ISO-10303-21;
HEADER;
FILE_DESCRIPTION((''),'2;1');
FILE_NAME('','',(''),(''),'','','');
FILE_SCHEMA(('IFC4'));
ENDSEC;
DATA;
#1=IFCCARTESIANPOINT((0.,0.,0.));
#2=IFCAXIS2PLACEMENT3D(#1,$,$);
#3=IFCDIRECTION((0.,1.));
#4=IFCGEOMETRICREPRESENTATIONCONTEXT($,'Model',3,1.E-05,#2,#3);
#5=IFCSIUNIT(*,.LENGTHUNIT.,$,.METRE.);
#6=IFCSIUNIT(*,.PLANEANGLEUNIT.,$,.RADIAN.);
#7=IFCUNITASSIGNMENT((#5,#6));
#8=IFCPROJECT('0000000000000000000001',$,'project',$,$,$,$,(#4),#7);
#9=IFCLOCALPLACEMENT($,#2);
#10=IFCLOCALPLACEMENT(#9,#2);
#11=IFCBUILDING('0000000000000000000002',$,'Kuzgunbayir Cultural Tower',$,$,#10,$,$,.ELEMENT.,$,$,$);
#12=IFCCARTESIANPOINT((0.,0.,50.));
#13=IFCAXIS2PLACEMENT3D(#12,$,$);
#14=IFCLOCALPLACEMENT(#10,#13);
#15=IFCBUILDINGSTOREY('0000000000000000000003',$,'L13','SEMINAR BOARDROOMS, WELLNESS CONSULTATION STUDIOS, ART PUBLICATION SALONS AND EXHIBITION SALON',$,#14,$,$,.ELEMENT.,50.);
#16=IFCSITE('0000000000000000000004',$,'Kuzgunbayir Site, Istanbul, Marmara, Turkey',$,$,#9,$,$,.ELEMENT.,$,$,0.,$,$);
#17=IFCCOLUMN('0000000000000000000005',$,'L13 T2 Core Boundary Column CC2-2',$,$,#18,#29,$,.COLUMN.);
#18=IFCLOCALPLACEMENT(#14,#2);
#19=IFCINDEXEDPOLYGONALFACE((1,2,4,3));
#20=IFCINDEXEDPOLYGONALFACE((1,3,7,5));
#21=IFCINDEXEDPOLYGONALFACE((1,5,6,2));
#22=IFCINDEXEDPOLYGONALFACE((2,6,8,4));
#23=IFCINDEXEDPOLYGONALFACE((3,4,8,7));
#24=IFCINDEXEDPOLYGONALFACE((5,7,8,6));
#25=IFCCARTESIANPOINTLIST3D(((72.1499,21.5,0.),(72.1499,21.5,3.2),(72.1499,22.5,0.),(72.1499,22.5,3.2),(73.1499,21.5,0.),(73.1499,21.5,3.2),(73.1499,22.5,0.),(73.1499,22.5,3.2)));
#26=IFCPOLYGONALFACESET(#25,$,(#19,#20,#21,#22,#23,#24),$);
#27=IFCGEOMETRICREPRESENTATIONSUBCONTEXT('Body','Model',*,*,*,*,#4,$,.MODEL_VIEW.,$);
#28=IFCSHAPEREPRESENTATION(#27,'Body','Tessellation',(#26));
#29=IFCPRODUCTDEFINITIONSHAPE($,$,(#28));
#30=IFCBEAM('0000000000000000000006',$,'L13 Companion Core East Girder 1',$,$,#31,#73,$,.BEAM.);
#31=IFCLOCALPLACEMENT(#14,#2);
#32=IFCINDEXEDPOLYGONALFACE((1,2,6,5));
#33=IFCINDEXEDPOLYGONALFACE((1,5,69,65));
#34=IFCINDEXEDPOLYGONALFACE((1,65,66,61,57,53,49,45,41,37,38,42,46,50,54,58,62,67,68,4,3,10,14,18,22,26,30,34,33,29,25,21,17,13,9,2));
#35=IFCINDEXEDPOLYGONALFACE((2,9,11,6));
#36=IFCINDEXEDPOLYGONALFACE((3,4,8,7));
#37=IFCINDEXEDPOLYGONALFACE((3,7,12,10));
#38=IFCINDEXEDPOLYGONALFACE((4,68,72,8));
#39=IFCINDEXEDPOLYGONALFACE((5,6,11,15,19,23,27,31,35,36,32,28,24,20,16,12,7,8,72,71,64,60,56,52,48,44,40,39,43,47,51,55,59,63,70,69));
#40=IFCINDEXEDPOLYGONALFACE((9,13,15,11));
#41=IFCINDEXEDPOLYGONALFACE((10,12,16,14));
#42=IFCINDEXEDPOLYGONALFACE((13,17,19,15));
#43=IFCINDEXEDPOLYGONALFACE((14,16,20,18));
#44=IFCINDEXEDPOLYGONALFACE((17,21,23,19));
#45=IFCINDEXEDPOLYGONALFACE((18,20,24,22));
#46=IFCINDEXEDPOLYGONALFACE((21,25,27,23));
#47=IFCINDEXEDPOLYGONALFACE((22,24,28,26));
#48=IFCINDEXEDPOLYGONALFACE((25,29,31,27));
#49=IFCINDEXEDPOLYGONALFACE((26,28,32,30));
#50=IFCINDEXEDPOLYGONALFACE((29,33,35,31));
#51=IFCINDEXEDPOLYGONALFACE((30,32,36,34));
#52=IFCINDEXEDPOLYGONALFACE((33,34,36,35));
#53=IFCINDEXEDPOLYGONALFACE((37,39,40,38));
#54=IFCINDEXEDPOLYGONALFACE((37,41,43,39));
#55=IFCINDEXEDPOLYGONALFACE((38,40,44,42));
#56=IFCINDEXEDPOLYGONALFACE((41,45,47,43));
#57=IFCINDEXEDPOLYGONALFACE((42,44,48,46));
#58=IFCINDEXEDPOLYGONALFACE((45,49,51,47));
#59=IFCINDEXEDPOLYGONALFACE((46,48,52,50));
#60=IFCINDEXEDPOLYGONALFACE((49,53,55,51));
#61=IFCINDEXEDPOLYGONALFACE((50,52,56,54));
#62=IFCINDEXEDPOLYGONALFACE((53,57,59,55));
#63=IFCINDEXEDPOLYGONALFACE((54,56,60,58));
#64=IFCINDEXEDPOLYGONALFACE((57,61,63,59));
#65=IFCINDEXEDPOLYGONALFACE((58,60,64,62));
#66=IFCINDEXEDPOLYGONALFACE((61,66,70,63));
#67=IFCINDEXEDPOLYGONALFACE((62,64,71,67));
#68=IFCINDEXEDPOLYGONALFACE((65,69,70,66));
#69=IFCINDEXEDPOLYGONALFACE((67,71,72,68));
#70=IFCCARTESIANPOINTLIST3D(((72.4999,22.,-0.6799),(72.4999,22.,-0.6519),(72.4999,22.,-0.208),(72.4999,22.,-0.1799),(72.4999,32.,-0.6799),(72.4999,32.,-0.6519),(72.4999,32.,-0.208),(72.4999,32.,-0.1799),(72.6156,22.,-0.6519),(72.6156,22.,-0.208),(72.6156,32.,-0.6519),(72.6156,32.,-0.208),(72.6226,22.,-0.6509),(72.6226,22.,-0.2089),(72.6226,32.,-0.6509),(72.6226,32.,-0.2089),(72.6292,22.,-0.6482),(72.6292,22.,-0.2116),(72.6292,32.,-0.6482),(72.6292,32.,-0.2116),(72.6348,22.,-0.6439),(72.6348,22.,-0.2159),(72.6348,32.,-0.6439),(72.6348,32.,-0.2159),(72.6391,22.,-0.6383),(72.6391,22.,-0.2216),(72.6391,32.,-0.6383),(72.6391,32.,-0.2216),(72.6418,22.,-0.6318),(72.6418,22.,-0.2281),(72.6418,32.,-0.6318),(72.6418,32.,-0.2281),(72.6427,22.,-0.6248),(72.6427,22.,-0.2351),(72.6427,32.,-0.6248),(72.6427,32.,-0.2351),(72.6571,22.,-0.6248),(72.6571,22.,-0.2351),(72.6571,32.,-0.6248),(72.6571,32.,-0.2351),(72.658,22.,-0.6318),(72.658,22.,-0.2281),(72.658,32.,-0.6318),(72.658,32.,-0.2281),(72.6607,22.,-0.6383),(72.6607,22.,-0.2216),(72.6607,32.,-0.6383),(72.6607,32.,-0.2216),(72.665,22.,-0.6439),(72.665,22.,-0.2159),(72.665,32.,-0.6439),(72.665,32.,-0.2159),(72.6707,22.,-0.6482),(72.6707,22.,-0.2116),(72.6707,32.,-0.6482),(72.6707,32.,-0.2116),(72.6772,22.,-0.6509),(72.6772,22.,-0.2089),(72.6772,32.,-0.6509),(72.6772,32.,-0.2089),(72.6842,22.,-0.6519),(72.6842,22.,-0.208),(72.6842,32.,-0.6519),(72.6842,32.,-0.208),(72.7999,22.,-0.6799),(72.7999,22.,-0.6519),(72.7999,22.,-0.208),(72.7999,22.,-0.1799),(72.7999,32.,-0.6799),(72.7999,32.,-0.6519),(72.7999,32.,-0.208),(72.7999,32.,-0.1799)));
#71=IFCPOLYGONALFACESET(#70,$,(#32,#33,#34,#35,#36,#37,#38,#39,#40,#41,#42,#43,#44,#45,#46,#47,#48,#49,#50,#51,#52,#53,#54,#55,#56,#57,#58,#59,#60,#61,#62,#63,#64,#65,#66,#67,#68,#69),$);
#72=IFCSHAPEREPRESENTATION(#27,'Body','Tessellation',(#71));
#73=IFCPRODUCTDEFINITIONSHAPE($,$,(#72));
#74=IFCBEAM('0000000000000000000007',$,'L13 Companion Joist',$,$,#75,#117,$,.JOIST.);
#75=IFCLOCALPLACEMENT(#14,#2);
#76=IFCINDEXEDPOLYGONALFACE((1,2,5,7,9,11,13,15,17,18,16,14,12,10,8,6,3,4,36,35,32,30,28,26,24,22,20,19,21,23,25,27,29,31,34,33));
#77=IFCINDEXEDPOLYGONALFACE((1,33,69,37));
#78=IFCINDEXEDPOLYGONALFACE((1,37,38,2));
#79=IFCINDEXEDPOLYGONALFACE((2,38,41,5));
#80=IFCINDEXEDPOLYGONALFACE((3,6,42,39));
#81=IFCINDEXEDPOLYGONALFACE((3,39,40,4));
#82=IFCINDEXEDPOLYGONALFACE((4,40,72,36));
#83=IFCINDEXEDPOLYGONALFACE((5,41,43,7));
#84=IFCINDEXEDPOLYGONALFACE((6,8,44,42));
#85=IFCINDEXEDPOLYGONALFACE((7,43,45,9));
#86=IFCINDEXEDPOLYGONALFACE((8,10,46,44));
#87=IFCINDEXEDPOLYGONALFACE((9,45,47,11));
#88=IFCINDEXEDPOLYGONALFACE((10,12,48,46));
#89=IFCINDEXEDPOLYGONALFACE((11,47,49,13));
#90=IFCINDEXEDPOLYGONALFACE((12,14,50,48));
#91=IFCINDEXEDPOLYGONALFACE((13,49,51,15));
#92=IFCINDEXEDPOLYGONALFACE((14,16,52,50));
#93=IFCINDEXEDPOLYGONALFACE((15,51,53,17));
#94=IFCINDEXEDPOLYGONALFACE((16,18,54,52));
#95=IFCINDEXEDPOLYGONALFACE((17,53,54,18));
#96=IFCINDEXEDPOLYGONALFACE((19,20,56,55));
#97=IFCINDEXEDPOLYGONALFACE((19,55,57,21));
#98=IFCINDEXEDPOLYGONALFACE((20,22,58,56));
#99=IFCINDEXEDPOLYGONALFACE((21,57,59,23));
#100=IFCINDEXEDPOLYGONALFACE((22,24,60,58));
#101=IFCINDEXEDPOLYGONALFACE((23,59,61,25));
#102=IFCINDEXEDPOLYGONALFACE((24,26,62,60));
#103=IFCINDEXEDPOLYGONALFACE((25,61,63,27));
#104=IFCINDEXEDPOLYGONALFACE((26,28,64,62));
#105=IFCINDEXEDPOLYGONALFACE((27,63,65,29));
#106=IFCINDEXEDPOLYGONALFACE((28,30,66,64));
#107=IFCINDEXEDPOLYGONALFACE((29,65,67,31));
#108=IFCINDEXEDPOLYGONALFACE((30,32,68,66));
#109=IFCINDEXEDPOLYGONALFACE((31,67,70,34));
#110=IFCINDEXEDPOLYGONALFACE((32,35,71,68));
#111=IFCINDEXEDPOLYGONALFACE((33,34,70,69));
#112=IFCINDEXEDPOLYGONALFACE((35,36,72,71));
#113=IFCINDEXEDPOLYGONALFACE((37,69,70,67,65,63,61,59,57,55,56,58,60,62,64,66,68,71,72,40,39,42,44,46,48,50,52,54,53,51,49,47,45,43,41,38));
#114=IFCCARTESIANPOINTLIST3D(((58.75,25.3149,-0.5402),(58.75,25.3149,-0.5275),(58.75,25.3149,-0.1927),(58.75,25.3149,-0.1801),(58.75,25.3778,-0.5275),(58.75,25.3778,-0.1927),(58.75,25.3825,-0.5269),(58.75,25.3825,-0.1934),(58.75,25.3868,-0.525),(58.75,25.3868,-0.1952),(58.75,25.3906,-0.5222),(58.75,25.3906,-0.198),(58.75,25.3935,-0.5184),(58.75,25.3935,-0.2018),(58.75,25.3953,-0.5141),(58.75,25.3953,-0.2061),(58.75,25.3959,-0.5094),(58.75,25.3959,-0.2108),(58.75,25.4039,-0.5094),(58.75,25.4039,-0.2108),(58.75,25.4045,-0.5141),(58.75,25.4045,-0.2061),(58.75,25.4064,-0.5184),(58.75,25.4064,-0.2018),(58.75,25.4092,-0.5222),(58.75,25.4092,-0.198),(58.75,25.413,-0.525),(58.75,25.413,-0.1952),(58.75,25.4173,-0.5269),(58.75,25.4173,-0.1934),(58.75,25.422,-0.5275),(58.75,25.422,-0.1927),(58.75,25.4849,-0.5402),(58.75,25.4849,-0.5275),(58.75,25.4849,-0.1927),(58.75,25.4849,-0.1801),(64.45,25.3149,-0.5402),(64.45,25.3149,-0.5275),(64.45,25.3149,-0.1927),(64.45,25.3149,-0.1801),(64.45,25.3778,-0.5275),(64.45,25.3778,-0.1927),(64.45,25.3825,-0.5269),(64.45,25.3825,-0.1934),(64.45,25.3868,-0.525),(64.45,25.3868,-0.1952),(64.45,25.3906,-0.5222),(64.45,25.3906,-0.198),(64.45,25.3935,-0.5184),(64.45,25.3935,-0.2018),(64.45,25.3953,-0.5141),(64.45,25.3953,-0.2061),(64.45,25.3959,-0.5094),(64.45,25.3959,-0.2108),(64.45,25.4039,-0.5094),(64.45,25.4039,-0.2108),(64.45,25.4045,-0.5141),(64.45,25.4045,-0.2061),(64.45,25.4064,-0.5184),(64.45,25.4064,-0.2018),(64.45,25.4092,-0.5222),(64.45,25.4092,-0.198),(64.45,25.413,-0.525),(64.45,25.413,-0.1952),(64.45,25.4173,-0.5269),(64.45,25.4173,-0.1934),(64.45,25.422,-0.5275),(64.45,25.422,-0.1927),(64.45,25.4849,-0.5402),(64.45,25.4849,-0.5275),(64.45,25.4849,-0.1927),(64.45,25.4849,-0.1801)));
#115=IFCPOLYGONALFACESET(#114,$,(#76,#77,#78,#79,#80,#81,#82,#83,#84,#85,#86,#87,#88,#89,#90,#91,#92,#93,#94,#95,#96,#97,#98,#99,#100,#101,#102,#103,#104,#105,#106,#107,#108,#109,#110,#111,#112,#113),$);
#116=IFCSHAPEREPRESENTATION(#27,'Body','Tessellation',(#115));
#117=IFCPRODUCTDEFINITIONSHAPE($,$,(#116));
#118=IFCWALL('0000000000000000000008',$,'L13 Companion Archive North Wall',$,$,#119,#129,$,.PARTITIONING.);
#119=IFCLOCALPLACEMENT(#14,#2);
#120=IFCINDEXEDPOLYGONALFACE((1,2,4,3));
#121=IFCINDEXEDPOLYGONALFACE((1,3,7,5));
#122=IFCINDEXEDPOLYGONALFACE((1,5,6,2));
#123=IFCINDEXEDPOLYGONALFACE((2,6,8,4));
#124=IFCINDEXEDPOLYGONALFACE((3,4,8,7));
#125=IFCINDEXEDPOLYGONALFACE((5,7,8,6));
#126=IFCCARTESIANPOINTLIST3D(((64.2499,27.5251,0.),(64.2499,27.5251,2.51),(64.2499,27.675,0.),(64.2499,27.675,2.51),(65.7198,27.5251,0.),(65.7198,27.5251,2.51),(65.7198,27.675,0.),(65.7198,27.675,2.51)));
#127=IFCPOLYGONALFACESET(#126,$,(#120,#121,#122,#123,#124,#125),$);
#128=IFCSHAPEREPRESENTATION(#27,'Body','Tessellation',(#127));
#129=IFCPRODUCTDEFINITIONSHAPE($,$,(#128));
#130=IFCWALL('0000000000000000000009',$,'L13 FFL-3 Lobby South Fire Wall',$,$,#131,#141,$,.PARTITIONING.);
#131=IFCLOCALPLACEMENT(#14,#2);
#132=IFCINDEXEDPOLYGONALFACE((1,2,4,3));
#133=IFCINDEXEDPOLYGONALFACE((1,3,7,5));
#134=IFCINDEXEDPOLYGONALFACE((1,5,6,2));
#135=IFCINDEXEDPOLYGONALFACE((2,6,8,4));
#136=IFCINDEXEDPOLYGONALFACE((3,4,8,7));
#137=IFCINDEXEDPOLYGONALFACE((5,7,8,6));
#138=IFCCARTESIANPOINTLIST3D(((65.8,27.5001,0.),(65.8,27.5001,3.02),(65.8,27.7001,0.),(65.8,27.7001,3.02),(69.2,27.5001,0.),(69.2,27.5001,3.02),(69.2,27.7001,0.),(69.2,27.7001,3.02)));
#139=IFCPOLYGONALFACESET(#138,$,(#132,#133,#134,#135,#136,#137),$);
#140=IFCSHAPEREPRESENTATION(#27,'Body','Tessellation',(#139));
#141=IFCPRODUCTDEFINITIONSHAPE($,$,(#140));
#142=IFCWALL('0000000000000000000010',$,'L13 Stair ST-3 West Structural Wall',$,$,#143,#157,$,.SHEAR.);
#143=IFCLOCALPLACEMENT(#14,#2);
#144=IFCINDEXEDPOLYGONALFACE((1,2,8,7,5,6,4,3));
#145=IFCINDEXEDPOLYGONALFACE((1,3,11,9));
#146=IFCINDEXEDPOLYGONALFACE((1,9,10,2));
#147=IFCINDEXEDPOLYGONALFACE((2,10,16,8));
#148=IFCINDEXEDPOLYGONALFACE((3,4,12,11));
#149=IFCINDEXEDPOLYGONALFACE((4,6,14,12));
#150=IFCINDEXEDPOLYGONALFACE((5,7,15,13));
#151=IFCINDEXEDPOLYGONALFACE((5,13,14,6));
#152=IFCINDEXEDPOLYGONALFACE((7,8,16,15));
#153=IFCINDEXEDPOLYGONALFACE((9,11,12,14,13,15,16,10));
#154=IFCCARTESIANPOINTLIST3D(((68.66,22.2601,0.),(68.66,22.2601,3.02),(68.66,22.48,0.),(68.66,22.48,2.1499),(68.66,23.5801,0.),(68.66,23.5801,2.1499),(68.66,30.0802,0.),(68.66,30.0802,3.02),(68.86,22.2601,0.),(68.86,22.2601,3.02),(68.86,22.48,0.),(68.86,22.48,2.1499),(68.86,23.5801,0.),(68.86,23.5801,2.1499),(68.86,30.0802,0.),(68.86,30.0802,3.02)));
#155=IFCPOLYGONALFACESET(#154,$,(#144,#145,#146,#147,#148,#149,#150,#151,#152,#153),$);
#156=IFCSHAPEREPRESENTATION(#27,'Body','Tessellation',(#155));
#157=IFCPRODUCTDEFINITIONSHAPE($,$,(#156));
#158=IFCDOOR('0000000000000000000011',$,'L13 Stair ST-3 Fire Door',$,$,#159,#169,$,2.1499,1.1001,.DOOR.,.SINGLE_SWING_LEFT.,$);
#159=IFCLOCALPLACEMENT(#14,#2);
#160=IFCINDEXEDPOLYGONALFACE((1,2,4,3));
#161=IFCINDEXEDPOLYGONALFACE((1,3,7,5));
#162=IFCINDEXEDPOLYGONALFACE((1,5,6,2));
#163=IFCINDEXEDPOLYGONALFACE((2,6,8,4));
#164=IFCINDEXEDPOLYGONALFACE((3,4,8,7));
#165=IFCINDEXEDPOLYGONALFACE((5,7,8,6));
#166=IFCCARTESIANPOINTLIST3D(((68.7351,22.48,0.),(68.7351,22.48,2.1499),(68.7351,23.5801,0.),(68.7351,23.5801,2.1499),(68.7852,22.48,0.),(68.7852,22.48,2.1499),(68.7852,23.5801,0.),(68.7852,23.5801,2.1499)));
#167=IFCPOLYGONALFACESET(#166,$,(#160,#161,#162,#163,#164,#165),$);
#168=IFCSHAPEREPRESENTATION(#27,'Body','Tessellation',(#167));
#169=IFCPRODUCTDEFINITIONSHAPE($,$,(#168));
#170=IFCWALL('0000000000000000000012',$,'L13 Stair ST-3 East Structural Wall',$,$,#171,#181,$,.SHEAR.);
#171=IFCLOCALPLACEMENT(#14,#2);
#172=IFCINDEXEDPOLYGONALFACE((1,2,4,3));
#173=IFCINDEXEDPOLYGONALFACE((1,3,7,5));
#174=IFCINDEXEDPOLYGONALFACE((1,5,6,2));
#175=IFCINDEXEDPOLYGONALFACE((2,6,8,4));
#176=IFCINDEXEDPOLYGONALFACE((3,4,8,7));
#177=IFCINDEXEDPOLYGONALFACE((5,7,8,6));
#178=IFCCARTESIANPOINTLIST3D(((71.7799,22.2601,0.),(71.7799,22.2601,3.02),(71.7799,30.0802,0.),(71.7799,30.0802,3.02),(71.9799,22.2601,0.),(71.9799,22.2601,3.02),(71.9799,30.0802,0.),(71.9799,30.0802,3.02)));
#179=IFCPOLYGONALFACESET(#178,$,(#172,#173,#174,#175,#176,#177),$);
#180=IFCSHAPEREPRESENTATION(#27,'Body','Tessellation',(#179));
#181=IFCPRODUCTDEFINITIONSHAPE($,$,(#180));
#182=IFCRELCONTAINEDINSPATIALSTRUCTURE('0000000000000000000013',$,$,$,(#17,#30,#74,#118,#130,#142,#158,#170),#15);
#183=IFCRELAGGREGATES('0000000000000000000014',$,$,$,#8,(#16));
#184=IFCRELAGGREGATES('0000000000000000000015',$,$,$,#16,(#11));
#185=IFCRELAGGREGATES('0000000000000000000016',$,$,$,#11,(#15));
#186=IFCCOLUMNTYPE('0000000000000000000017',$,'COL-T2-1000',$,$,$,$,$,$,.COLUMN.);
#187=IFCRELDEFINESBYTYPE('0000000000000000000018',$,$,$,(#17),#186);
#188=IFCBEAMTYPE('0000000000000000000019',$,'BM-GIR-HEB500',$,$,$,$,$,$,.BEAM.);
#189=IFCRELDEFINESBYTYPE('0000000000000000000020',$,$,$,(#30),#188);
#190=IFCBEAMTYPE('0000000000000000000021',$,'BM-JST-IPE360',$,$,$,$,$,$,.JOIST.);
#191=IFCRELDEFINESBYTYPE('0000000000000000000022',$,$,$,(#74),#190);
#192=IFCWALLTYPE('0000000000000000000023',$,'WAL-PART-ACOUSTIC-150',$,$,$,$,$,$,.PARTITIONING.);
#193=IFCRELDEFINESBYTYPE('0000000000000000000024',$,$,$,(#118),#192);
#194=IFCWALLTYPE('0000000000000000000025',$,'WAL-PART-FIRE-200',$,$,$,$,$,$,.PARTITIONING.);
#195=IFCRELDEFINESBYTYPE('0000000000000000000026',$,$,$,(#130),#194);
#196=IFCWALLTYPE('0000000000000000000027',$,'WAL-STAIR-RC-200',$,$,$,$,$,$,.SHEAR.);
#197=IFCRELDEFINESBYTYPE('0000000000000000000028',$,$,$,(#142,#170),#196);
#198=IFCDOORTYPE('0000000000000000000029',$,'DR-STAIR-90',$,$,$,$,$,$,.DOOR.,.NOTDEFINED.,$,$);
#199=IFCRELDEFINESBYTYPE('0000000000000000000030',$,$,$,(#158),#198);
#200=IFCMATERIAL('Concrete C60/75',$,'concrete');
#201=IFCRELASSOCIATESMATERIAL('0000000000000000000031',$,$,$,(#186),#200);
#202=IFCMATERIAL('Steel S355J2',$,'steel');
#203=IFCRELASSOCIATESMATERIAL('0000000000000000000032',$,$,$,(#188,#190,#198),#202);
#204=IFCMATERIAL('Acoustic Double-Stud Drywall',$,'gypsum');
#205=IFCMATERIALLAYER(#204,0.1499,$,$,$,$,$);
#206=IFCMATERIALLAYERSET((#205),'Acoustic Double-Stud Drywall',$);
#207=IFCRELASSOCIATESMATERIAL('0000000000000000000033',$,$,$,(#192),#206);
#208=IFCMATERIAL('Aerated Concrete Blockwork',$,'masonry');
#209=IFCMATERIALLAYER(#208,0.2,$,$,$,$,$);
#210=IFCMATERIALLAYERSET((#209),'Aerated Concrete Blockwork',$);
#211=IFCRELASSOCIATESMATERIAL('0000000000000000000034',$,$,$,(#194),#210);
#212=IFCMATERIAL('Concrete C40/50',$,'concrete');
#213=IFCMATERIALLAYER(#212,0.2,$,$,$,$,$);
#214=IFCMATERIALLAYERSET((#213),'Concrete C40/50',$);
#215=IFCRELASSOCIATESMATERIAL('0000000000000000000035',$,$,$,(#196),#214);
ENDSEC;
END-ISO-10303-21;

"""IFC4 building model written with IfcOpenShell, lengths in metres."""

from ifc_helpers import new_model, si_unit, direction, frame, frame_2d, origin, origin_2d, place, context, subcontext, project, spatial, rectangle, i_section, extrude, material, layer, layer_set, material_profile, profile_set, type_object, element, fill, save


model = new_model("IFC4")

# Units and contexts
model_context = context("Model", 3, precision=1e-05, world=origin(), true_north=direction((0.0, 1.0)))
body_context = subcontext(model_context, "Body", "Model", "MODEL_VIEW")
ifc_project = project(units=[si_unit("LENGTHUNIT", "METRE"), si_unit("PLANEANGLEUNIT", "RADIAN")], contexts=[model_context])

# Site, building, storey
site_placement = place(None, origin())
site = spatial("IfcSite", under=ifc_project, at=site_placement, Name="Kuzgunbayir Site, Istanbul, Marmara, Turkey", CompositionType="ELEMENT", RefElevation=0.0)
building_placement = place(site_placement, origin())
building = spatial("IfcBuilding", under=site, at=building_placement, Name="Kuzgunbayir Cultural Tower", CompositionType="ELEMENT")
storey_placement = place(building_placement, frame((0.0, 0.0, 50.0)))
storey = spatial("IfcBuildingStorey", under=building, at=storey_placement, Name="L13", Description="SEMINAR BOARDROOMS, WELLNESS CONSULTATION STUDIOS, ART PUBLICATION SALONS AND EXHIBITION SALON", CompositionType="ELEMENT", Elevation=50.0)

# Column
ifc_material_1 = material(Name="Concrete C60/75", Category="concrete")
ifc_material_profile_1 = material_profile(ifc_material_1, rectangle(XDim=1.0, YDim=1.0, at=origin_2d()), Name="RC 1000x1000")
ifc_profile_set_1 = profile_set([ifc_material_profile_1], Name="Concrete C60/75")
column_type = type_object("IfcColumnType", Name="COL-T2-1000", PredefinedType="COLUMN", material=ifc_profile_set_1)
column_placement = place(storey_placement, frame((72.6499, 22.0, 0.0), z_axis=(0.0, 0.0, 1.0), x_axis=(1.0, 0.0, 0.0)))
element("IfcColumn", 1, at=column_placement, inside=storey, type_object=column_type, Name="L13 T2 Core Boundary Column CC2-2", PredefinedType="COLUMN", context=body_context, shape_type="SweptSolid", body=[
    extrude(rectangle(XDim=1.0, YDim=1.0, at=origin_2d()), origin(), (0.0, 0.0, 1.0), 3.2),
])

# Beams
ifc_material_2 = material(Name="Steel S355J2", Category="steel")
ifc_material_profile_2 = material_profile(ifc_material_2, i_section(OverallWidth=0.3, OverallDepth=0.5, WebThickness=0.0144, FlangeThickness=0.0281, FilletRadius=0.0271, at=origin_2d()), Name="HEB 500")
ifc_profile_set_2 = profile_set([ifc_material_profile_2], Name="Steel S355J2")
beam_type_1 = type_object("IfcBeamType", Name="BM-GIR-HEB500", PredefinedType="BEAM", material=ifc_profile_set_2)
beam_1_placement = place(storey_placement, frame((72.6499, 22.0, -0.4299), z_axis=(0.0, 1.0, 0.0), x_axis=(-1.0, 0.0, 0.0)))
element("IfcBeam", 2, at=beam_1_placement, inside=storey, type_object=beam_type_1, Name="L13 Companion Core East Girder 1", PredefinedType="BEAM", context=body_context, shape_type="SweptSolid", body=[
    extrude(i_section(OverallWidth=0.3, OverallDepth=0.5, WebThickness=0.0144, FlangeThickness=0.0281, FilletRadius=0.0271, at=origin_2d()), origin(), (0.0, 0.0, 1.0), 10.0),
])
ifc_material_profile_3 = material_profile(ifc_material_2, i_section(OverallWidth=0.1699, OverallDepth=0.3601, WebThickness=0.0081, FlangeThickness=0.0127, FilletRadius=0.0181, at=origin_2d()), Name="IPE 360")
ifc_profile_set_3 = profile_set([ifc_material_profile_3], Name="Steel S355J2")
beam_type_2 = type_object("IfcBeamType", Name="BM-JST-IPE360", PredefinedType="JOIST", material=ifc_profile_set_3)
beam_2_placement = place(storey_placement, frame((58.75, 25.3999, -0.3601), z_axis=(1.0, 0.0, 0.0), x_axis=(0.0, 1.0, 0.0)))
element("IfcBeam", 3, at=beam_2_placement, inside=storey, type_object=beam_type_2, Name="L13 Companion Joist", PredefinedType="JOIST", context=body_context, shape_type="SweptSolid", body=[
    extrude(i_section(OverallWidth=0.1699, OverallDepth=0.3601, WebThickness=0.0081, FlangeThickness=0.0127, FilletRadius=0.0181, at=origin_2d()), origin(), (0.0, 0.0, 1.0), 5.7),
])

# Wall
ifc_material_3 = material(Name="Acoustic Double-Stud Drywall", Category="gypsum")
ifc_layer_1 = layer(ifc_material_3, 0.1499)
ifc_layer_set_1 = layer_set([ifc_layer_1], Name="Acoustic Double-Stud Drywall")
wall_type_1 = type_object("IfcWallType", Name="WAL-PART-ACOUSTIC-150", PredefinedType="PARTITIONING", material=ifc_layer_set_1)
wall_1_placement = place(storey_placement, frame((64.25, 27.6001, 0.0), z_axis=(0.0, 0.0, 1.0), x_axis=(1.0, 0.0, 0.0)))
element("IfcWall", 4, at=wall_1_placement, inside=storey, type_object=wall_type_1, Name="L13 Companion Archive North Wall", PredefinedType="PARTITIONING", context=body_context, shape_type="SweptSolid", body=[
    extrude(rectangle(XDim=1.47, YDim=0.1499, at=frame_2d((0.7349, 0.0))), origin(), (0.0, 0.0, 1.0), 2.51),
])

# Shared definitions
ifc_material_4 = material(Name="Aerated Concrete Blockwork", Category="masonry")
ifc_layer_2 = layer(ifc_material_4, 0.2)
ifc_layer_set_2 = layer_set([ifc_layer_2], Name="Aerated Concrete Blockwork")
wall_type_2 = type_object("IfcWallType", Name="WAL-PART-FIRE-200", PredefinedType="PARTITIONING", material=ifc_layer_set_2)

# Wall
wall_2_placement = place(storey_placement, frame((65.8, 27.6001, 0.0), z_axis=(0.0, 0.0, 1.0), x_axis=(1.0, 0.0, 0.0)))
element("IfcWall", 5, at=wall_2_placement, inside=storey, type_object=wall_type_2, Name="L13 FFL-3 Lobby South Fire Wall", PredefinedType="PARTITIONING", context=body_context, shape_type="SweptSolid", body=[
    extrude(rectangle(XDim=3.3999, YDim=0.2, at=frame_2d((1.7, 0.0))), origin(), (0.0, 0.0, 1.0), 3.02),
])

# Wall, opening, door
ifc_material_5 = material(Name="Concrete C40/50", Category="concrete")
ifc_layer_3 = layer(ifc_material_5, 0.2)
ifc_layer_set_3 = layer_set([ifc_layer_3], Name="Concrete C40/50")
wall_type_3 = type_object("IfcWallType", Name="WAL-STAIR-RC-200", PredefinedType="SHEAR", material=ifc_layer_set_3)
wall_3_placement = place(storey_placement, frame((68.76, 22.26, 0.0), z_axis=(0.0, 0.0, 1.0), x_axis=(0.0, 1.0, 0.0)))
wall_3 = element("IfcWall", 6, at=wall_3_placement, inside=storey, type_object=wall_type_3, Name="L13 Stair ST-3 West Structural Wall", PredefinedType="SHEAR", context=body_context, shape_type="SweptSolid", body=[
    extrude(rectangle(XDim=7.8201, YDim=0.2, at=frame_2d((3.9102, 0.0))), origin(), (0.0, 0.0, 1.0), 3.02),
])
opening_1_placement = place(wall_3_placement, frame((0.22, 0.0, 0.0)))
opening_1 = element("IfcOpeningElement", 7, at=opening_1_placement, cuts=wall_3, PredefinedType="OPENING", context=body_context, shape_type="SweptSolid", body=[
    extrude(rectangle(XDim=1.1001, YDim=2.1499, at=frame_2d((0.55, 1.075))), frame((0.0, 0.1099, 0.0), z_axis=(0.0, -1.0, 0.0), x_axis=(1.0, 0.0, 0.0)), (0.0, 0.0, 1.0), 0.22),
])
door_type_1 = type_object("IfcDoorType", Name="DR-STAIR-90", OperationType="NOTDEFINED", PredefinedType="DOOR", material=ifc_material_2)
door_1_placement = place(opening_1_placement, origin())
door_1 = element("IfcDoor", 8, at=door_1_placement, inside=storey, type_object=door_type_1, Name="L13 Stair ST-3 Fire Door", OperationType="SINGLE_SWING_LEFT", OverallHeight=2.1499, OverallWidth=1.1001, PredefinedType="DOOR", context=body_context, shape_type="SweptSolid", body=[
    extrude(rectangle(XDim=1.1001, YDim=2.1499, at=frame_2d((0.55, 1.075))), frame((0.0, 0.0249, 0.0), z_axis=(0.0, -1.0, 0.0), x_axis=(1.0, 0.0, 0.0)), (0.0, 0.0, 1.0), 0.05),
])
fill(opening_1, door_1)

# Wall
wall_4_placement = place(storey_placement, frame((71.8799, 22.26, 0.0), z_axis=(0.0, 0.0, 1.0), x_axis=(0.0, 1.0, 0.0)))
element("IfcWall", 9, at=wall_4_placement, inside=storey, type_object=wall_type_3, Name="L13 Stair ST-3 East Structural Wall", PredefinedType="SHEAR", context=body_context, shape_type="SweptSolid", body=[
    extrude(rectangle(XDim=7.8201, YDim=0.2, at=frame_2d((3.9102, 0.0))), origin(), (0.0, 0.0, 1.0), 3.02),
])

save(model, "model.ifc")
